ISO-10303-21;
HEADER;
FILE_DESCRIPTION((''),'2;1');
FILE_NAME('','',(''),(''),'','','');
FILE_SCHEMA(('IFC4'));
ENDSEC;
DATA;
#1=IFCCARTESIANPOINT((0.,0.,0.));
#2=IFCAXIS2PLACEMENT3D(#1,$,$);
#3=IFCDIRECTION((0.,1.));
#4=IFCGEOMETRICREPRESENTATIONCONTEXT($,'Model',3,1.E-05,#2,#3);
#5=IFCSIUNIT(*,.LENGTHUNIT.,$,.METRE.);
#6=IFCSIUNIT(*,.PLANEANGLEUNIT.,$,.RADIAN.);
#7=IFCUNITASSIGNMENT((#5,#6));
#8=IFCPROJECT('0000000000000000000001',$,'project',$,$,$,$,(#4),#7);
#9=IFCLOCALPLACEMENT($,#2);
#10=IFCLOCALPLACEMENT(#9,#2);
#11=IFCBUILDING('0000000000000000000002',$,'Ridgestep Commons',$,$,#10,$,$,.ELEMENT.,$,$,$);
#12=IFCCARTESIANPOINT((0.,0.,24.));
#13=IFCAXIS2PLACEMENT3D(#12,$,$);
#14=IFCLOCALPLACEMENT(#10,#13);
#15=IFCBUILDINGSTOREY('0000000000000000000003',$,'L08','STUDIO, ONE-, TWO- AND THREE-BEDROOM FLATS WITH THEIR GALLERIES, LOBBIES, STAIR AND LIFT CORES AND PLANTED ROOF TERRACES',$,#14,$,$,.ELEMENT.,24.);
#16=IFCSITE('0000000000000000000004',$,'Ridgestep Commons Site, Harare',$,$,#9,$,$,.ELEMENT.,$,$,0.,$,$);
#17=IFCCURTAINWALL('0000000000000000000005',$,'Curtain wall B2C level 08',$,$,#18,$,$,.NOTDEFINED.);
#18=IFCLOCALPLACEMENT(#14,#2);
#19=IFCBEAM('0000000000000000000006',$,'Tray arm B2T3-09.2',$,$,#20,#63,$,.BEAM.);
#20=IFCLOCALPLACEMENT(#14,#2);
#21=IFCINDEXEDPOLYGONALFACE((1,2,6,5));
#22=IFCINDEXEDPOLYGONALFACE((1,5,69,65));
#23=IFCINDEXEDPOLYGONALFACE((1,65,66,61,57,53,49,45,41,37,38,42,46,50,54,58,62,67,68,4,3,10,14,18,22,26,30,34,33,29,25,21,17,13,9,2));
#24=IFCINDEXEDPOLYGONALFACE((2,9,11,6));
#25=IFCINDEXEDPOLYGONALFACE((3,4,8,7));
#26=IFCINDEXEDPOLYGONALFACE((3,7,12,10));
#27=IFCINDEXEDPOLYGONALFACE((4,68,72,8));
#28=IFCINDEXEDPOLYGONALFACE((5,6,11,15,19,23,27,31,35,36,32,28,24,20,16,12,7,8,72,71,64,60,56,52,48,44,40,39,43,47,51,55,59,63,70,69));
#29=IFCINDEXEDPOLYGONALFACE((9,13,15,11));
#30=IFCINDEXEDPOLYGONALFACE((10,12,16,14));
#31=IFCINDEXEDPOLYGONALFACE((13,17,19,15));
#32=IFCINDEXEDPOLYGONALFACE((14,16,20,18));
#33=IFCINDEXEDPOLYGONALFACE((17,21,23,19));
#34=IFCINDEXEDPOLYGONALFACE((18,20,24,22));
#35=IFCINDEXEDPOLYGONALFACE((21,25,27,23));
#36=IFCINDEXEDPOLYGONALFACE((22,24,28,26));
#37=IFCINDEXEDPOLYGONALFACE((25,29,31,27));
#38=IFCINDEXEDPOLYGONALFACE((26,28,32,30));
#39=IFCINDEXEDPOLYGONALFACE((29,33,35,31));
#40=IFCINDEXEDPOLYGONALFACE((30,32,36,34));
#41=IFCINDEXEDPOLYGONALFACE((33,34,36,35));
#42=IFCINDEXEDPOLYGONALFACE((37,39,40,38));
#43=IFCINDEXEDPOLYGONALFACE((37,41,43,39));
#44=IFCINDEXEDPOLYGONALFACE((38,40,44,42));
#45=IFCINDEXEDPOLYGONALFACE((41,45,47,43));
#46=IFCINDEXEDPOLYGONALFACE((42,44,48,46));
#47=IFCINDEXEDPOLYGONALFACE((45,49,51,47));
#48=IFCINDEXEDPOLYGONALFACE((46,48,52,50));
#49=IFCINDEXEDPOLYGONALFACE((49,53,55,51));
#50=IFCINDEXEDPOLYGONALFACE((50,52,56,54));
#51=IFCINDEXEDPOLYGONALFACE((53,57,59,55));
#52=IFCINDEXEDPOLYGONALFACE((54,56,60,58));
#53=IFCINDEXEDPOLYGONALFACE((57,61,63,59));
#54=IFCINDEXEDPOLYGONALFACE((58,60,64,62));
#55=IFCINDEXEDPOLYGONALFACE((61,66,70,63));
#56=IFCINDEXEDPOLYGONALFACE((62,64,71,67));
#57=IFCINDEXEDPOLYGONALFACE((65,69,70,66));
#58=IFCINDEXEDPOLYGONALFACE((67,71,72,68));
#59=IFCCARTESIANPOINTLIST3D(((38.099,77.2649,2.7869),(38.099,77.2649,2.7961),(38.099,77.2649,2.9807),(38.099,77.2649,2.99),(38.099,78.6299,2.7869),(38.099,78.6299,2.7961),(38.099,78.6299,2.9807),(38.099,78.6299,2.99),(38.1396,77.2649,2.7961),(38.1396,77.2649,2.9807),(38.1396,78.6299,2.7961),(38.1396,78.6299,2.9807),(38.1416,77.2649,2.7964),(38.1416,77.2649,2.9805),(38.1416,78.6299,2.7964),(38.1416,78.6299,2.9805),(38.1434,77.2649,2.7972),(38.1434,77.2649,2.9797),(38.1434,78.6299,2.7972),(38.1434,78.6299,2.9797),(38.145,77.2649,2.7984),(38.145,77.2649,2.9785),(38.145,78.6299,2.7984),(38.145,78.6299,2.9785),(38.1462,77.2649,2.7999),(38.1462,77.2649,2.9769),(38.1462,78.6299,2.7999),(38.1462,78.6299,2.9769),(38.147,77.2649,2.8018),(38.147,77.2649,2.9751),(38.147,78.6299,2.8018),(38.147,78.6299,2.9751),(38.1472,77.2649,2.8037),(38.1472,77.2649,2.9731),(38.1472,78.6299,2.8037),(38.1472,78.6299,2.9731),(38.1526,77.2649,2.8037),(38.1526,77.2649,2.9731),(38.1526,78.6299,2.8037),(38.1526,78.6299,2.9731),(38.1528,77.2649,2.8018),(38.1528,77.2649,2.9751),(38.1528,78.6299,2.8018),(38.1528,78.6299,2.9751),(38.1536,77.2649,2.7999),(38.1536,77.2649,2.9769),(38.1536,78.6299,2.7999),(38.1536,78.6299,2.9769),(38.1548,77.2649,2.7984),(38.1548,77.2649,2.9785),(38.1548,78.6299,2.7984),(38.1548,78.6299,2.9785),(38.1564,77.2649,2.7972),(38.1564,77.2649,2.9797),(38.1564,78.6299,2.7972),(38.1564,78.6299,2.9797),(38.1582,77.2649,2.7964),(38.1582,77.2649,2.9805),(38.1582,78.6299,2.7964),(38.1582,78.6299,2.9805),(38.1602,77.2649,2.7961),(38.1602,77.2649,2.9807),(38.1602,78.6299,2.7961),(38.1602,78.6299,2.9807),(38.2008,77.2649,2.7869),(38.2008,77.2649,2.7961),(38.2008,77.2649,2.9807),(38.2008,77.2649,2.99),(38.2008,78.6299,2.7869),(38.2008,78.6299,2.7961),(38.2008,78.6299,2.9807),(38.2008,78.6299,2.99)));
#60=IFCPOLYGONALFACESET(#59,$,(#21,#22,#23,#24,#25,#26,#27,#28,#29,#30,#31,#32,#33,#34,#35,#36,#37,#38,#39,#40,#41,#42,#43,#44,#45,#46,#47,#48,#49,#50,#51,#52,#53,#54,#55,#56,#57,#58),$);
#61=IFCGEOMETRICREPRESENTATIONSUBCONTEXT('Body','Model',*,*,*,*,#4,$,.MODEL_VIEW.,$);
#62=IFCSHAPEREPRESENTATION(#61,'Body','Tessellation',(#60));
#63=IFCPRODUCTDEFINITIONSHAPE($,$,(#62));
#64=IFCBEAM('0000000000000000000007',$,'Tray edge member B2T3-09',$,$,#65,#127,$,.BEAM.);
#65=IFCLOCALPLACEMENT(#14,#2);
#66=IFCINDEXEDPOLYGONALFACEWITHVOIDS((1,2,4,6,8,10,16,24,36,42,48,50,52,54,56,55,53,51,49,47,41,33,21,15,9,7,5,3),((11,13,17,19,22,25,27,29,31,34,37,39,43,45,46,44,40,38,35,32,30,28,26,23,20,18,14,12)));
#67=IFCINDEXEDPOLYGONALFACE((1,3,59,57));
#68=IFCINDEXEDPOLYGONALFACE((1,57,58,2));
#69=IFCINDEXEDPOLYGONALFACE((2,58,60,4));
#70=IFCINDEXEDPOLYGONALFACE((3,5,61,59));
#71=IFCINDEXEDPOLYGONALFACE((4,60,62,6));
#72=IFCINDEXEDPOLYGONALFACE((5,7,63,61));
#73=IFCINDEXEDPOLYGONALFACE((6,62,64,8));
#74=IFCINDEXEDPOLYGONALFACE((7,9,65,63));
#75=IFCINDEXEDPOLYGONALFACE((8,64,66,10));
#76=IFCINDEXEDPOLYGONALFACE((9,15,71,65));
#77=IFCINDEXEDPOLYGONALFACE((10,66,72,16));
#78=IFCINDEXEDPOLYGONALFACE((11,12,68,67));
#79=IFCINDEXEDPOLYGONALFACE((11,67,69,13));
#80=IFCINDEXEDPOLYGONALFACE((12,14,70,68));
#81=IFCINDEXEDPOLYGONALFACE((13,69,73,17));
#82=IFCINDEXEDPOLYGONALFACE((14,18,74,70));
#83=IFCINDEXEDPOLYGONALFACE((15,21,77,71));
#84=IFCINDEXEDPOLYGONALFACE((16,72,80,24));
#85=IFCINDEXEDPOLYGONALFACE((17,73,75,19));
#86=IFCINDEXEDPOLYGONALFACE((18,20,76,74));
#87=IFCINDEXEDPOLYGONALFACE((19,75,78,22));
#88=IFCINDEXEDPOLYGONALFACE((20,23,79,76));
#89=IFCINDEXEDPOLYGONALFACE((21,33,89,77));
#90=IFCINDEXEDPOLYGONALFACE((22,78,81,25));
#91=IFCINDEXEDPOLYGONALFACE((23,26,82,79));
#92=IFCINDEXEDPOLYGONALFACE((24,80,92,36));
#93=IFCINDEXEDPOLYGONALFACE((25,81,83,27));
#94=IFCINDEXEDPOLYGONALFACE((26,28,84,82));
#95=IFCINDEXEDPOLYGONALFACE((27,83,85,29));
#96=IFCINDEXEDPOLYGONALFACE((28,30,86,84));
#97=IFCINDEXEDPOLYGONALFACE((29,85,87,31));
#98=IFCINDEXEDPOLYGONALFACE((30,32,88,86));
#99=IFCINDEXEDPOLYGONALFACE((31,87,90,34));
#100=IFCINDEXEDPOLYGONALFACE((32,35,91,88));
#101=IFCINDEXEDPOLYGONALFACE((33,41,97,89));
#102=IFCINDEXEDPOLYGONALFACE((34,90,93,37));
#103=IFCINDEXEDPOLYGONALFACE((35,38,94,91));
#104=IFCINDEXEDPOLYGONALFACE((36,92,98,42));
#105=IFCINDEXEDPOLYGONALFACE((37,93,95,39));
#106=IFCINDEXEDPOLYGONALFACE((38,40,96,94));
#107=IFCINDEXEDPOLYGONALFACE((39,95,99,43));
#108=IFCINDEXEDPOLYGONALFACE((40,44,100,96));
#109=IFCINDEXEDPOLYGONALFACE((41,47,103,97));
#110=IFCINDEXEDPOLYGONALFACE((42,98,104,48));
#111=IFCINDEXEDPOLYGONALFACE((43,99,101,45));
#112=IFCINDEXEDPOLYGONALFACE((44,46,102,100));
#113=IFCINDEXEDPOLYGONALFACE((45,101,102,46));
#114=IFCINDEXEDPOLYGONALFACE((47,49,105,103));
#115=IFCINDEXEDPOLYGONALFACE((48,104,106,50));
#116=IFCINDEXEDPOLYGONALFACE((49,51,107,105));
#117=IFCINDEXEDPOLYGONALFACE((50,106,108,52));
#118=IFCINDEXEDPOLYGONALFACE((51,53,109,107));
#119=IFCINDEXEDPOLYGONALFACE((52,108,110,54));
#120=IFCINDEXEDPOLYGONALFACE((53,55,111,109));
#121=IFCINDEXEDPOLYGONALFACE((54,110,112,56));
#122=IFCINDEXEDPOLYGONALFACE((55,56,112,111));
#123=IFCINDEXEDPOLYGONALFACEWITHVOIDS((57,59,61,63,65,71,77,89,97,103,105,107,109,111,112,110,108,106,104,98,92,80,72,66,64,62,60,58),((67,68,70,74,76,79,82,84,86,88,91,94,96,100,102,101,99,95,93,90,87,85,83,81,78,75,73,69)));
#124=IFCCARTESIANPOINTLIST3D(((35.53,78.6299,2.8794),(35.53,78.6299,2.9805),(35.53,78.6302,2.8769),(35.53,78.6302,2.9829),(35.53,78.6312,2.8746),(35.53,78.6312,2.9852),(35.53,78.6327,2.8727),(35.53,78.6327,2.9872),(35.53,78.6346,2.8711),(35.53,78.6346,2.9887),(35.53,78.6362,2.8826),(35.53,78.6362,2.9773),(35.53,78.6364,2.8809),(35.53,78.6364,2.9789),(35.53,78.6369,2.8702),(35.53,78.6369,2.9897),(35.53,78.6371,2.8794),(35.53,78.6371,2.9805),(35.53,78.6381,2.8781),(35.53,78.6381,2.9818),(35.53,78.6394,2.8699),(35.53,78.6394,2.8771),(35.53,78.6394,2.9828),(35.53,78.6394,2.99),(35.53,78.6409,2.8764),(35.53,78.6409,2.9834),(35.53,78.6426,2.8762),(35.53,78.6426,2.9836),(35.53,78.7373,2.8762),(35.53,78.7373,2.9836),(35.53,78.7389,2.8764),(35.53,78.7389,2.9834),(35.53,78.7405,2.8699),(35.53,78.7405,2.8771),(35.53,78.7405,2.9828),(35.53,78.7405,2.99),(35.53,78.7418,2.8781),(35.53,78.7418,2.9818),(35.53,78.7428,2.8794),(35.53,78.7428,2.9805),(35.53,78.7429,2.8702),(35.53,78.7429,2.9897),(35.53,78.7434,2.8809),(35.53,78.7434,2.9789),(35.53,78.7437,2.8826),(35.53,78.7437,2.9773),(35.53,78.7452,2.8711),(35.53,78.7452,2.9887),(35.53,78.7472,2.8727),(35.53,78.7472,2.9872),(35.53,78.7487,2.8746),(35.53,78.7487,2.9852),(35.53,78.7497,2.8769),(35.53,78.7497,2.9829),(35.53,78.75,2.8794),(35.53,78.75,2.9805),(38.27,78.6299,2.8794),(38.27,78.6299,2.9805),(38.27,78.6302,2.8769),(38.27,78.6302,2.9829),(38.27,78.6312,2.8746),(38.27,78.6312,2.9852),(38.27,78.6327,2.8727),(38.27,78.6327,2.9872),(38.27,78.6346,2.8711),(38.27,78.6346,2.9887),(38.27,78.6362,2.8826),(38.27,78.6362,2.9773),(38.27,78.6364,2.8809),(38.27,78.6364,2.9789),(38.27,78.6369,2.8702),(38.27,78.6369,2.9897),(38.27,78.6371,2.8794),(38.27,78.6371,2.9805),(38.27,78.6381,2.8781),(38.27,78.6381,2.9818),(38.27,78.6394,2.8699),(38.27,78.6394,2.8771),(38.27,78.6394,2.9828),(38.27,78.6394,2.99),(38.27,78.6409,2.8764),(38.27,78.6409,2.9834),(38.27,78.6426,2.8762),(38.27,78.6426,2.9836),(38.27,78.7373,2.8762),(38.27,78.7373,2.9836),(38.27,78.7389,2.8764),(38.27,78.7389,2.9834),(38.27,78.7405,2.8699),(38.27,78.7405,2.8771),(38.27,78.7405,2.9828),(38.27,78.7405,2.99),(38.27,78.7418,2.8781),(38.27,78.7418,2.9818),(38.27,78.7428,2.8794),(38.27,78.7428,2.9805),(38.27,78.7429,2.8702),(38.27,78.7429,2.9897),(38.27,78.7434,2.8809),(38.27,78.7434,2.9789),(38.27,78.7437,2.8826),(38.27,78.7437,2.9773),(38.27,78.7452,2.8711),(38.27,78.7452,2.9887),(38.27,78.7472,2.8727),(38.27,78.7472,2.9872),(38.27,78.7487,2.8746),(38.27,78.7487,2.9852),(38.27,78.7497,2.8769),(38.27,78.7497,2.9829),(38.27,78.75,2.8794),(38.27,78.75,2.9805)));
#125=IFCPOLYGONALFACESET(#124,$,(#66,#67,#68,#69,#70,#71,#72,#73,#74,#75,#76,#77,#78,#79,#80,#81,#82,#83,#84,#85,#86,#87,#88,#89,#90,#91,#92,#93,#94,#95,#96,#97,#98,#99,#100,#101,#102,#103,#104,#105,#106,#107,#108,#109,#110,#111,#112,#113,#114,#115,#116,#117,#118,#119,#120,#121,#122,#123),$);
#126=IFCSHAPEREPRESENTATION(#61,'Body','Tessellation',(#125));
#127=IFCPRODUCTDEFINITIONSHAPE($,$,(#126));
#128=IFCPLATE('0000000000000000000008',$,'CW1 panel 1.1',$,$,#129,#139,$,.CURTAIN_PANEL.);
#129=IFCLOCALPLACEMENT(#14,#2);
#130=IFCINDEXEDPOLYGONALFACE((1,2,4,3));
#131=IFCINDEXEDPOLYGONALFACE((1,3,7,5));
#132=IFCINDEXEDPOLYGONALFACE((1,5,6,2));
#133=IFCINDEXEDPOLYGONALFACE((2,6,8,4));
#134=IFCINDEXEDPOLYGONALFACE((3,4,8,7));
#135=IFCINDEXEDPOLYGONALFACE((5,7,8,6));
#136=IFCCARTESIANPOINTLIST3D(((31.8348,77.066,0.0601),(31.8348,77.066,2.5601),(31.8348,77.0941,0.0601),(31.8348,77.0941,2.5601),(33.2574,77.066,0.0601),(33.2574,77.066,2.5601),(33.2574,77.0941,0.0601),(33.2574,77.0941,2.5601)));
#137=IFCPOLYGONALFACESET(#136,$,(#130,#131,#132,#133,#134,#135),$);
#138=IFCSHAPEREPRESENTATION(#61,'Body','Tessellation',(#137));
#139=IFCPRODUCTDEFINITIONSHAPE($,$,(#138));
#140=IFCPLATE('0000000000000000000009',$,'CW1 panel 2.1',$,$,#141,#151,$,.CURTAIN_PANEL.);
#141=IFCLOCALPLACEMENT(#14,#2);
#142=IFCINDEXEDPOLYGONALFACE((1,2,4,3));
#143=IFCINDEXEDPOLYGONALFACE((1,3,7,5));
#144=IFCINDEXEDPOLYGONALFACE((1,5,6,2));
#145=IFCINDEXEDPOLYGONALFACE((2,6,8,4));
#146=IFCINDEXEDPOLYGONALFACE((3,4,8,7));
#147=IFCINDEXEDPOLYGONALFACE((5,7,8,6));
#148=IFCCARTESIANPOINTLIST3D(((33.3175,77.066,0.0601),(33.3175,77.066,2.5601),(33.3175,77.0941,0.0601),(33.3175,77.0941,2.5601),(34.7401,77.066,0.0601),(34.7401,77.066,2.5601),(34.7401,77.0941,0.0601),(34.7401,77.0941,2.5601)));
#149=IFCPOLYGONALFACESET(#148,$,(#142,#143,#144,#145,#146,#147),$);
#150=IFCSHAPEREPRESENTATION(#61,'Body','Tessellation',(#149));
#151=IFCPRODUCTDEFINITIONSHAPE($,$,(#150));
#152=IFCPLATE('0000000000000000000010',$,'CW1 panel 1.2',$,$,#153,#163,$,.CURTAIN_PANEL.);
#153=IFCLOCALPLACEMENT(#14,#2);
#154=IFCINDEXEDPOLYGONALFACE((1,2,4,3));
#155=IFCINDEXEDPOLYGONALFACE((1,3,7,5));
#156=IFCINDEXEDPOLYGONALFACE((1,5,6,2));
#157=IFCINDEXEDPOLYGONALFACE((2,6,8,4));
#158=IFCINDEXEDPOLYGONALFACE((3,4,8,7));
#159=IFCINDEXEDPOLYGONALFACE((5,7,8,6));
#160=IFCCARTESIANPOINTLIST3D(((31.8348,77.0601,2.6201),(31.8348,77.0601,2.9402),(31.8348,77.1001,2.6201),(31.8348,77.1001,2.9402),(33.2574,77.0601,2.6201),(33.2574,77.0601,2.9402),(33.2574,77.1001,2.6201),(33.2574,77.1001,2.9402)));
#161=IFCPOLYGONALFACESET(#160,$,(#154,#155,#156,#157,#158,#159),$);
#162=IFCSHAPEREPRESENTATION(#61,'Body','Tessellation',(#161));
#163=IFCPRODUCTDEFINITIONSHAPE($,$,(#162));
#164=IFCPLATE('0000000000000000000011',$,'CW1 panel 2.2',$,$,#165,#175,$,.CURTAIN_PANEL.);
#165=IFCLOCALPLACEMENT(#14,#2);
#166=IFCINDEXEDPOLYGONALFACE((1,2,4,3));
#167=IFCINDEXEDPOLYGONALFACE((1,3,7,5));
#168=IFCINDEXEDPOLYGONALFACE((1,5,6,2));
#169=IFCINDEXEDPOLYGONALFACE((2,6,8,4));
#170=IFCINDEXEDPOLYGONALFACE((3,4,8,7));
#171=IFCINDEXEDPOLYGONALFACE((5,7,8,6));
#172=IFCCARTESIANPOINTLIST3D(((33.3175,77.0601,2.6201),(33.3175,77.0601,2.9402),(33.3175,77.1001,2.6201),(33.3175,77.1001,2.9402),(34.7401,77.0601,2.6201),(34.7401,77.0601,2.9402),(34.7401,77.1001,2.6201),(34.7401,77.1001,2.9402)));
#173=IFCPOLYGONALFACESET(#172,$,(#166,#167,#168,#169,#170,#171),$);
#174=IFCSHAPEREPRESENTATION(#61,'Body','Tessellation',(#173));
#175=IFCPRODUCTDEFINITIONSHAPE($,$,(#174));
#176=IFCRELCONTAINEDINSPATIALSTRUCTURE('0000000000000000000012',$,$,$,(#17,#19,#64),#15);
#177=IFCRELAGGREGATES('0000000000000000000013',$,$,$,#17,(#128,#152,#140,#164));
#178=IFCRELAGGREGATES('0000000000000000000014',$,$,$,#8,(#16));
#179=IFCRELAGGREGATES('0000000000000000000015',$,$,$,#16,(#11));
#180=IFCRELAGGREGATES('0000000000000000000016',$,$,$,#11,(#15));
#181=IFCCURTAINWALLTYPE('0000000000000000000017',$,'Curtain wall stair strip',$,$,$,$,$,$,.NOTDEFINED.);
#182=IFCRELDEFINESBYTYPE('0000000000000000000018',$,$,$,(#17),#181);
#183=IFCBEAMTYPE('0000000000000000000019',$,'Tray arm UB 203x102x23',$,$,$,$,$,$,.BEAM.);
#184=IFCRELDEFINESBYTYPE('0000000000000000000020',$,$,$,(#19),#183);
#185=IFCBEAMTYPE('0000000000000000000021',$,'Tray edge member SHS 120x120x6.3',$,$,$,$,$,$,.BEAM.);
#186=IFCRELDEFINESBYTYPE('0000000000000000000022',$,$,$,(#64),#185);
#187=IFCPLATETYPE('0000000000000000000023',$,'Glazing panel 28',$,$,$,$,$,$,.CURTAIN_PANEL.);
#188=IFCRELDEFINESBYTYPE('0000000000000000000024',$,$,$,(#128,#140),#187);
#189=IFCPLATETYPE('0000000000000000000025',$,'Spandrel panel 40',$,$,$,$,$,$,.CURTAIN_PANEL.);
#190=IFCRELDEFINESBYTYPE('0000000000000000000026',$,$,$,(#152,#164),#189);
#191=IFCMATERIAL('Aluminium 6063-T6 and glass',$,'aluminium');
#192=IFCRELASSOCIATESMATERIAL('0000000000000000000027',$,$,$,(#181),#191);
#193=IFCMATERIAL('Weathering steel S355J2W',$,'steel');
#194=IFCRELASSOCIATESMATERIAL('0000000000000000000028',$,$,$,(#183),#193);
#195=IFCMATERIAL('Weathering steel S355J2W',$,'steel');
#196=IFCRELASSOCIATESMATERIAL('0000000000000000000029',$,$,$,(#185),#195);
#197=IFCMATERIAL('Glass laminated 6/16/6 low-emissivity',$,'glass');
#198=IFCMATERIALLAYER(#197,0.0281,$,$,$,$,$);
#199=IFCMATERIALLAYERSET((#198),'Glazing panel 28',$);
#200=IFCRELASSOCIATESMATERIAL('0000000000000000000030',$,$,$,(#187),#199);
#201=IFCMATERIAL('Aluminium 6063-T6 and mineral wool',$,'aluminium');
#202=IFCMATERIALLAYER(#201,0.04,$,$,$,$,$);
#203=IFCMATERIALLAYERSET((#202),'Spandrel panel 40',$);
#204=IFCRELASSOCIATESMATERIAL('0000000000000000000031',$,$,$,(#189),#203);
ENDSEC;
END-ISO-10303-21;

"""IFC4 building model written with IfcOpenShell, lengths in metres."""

from ifc_helpers import new_model, si_unit, direction, frame, origin, origin_2d, place, context, subcontext, project, spatial, rectangle, hollow_rectangle, i_section, extrude, material, layer, layer_set, material_profile, profile_set, type_object, element, aggregate, save


model = new_model("IFC4")

# Units and contexts
model_context = context("Model", 3, precision=1e-05, world=origin(), true_north=direction((0.0, 1.0)))
body_context = subcontext(model_context, "Body", "Model", "MODEL_VIEW")
ifc_project = project(units=[si_unit("LENGTHUNIT", "METRE"), si_unit("PLANEANGLEUNIT", "RADIAN")], contexts=[model_context])

# Site, building, storey
site_placement = place(None, origin())
site = spatial("IfcSite", under=ifc_project, at=site_placement, Name="Ridgestep Commons Site, Harare", CompositionType="ELEMENT", RefElevation=0.0)
building_placement = place(site_placement, origin())
building = spatial("IfcBuilding", under=site, at=building_placement, Name="Ridgestep Commons", CompositionType="ELEMENT")
storey_placement = place(building_placement, frame((0.0, 0.0, 24.0)))
storey = spatial("IfcBuildingStorey", under=building, at=storey_placement, Name="L08", Description="STUDIO, ONE-, TWO- AND THREE-BEDROOM FLATS WITH THEIR GALLERIES, LOBBIES, STAIR AND LIFT CORES AND PLANTED ROOF TERRACES", CompositionType="ELEMENT", Elevation=24.0)

# Curtain wall
ifc_material_1 = material(Name="Aluminium 6063-T6 and glass", Category="aluminium")
curtain_wall_type = type_object("IfcCurtainWallType", Name="Curtain wall stair strip", PredefinedType="NOTDEFINED", material=ifc_material_1)
curtain_wall_placement = place(storey_placement, origin())
curtain_wall = element("IfcCurtainWall", 1, at=curtain_wall_placement, inside=storey, type_object=curtain_wall_type, Name="Curtain wall B2C level 08", PredefinedType="NOTDEFINED")

# Beams
ifc_material_2 = material(Name="Weathering steel S355J2W", Category="steel")
ifc_material_profile_1 = material_profile(ifc_material_2, i_section(OverallWidth=0.1018, OverallDepth=0.2031, WebThickness=0.0054, FlangeThickness=0.0093, FilletRadius=0.0076, at=origin_2d()), Name="UB 203x102x23")
ifc_profile_set_1 = profile_set([ifc_material_profile_1], Name="Weathering steel S355J2W")
beam_type_1 = type_object("IfcBeamType", Name="Tray arm UB 203x102x23", PredefinedType="BEAM", material=ifc_profile_set_1)
for number, where, z_axis, x_axis, name in (
    (2, (38.1499, 77.2649, 2.8884), (0.0, 1.0, 0.0), (-1.0, 0.0, 0.0), "Tray arm B2T3-09.2"),
):
    element("IfcBeam", number, at=place(storey_placement, frame(where, z_axis=z_axis, x_axis=x_axis)), inside=storey, type_object=beam_type_1, Name=name, PredefinedType="BEAM", context=body_context, shape_type="SweptSolid", body=[
        extrude(i_section(OverallWidth=0.1018, OverallDepth=0.2031, WebThickness=0.0054, FlangeThickness=0.0093, FilletRadius=0.0076, at=origin_2d()), origin(), (0.0, 0.0, 1.0), 1.365),
    ])
ifc_material_3 = material(Name="Weathering steel S355J2W", Category="steel")
ifc_material_profile_2 = material_profile(ifc_material_3, hollow_rectangle(XDim=0.1201, YDim=0.1201, WallThickness=0.0063, InnerFilletRadius=0.0063, OuterFilletRadius=0.0095, at=origin_2d()), Name="SHS 120x120x6.3")
ifc_profile_set_2 = profile_set([ifc_material_profile_2], Name="Weathering steel S355J2W")
beam_type_2 = type_object("IfcBeamType", Name="Tray edge member SHS 120x120x6.3", PredefinedType="BEAM", material=ifc_profile_set_2)
beam_placement = place(storey_placement, frame((35.53, 78.6899, 2.9299), z_axis=(1.0, 0.0, 0.0), x_axis=(0.0, 0.0, 1.0)))
element("IfcBeam", 3, at=beam_placement, inside=storey, type_object=beam_type_2, Name="Tray edge member B2T3-09", PredefinedType="BEAM", context=body_context, shape_type="SweptSolid", body=[
    extrude(hollow_rectangle(XDim=0.1201, YDim=0.1201, WallThickness=0.0063, InnerFilletRadius=0.0063, OuterFilletRadius=0.0095, at=origin_2d()), origin(), (0.0, 0.0, 1.0), 2.74),
])

# Plates
ifc_material_4 = material(Name="Glass laminated 6/16/6 low-emissivity", Category="glass")
ifc_layer_1 = layer(ifc_material_4, 0.0281)
ifc_layer_set_1 = layer_set([ifc_layer_1], Name="Glazing panel 28")
plate_type_1 = type_object("IfcPlateType", Name="Glazing panel 28", PredefinedType="CURTAIN_PANEL", material=ifc_layer_set_1)
plate_1_placement = place(storey_placement, frame((32.5461, 77.0801, 0.0601), z_axis=(0.0, 0.0, 1.0), x_axis=(1.0, 0.0, 0.0)))
plate_1 = element("IfcPlate", 4, at=plate_1_placement, type_object=plate_type_1, Name="CW1 panel 1.1", PredefinedType="CURTAIN_PANEL", context=body_context, shape_type="SweptSolid", body=[
    extrude(rectangle(XDim=1.4226, YDim=0.0281, at=origin_2d()), origin(), (0.0, 0.0, 1.0), 2.5),
])
plate_2_placement = place(storey_placement, frame((34.0288, 77.0801, 0.0601), z_axis=(0.0, 0.0, 1.0), x_axis=(1.0, 0.0, 0.0)))
plate_2 = element("IfcPlate", 5, at=plate_2_placement, type_object=plate_type_1, Name="CW1 panel 2.1", PredefinedType="CURTAIN_PANEL", context=body_context, shape_type="SweptSolid", body=[
    extrude(rectangle(XDim=1.4226, YDim=0.0281, at=origin_2d()), origin(), (0.0, 0.0, 1.0), 2.5),
])
ifc_material_5 = material(Name="Aluminium 6063-T6 and mineral wool", Category="aluminium")
ifc_layer_2 = layer(ifc_material_5, 0.04)
ifc_layer_set_2 = layer_set([ifc_layer_2], Name="Spandrel panel 40")
plate_type_2 = type_object("IfcPlateType", Name="Spandrel panel 40", PredefinedType="CURTAIN_PANEL", material=ifc_layer_set_2)
plate_3_placement = place(storey_placement, frame((32.5461, 77.0801, 2.6201), z_axis=(0.0, 0.0, 1.0), x_axis=(1.0, 0.0, 0.0)))
plate_3 = element("IfcPlate", 6, at=plate_3_placement, type_object=plate_type_2, Name="CW1 panel 1.2", PredefinedType="CURTAIN_PANEL", context=body_context, shape_type="SweptSolid", body=[
    extrude(rectangle(XDim=1.4226, YDim=0.04, at=origin_2d()), origin(), (0.0, 0.0, 1.0), 0.3201),
])
plate_4_placement = place(storey_placement, frame((34.0288, 77.0801, 2.6201), z_axis=(0.0, 0.0, 1.0), x_axis=(1.0, 0.0, 0.0)))
plate_4 = element("IfcPlate", 7, at=plate_4_placement, type_object=plate_type_2, Name="CW1 panel 2.2", PredefinedType="CURTAIN_PANEL", context=body_context, shape_type="SweptSolid", body=[
    extrude(rectangle(XDim=1.4226, YDim=0.04, at=origin_2d()), origin(), (0.0, 0.0, 1.0), 0.3201),
])
aggregate(curtain_wall, [plate_1, plate_3, plate_2, plate_4])

save(model, "model.ifc")
